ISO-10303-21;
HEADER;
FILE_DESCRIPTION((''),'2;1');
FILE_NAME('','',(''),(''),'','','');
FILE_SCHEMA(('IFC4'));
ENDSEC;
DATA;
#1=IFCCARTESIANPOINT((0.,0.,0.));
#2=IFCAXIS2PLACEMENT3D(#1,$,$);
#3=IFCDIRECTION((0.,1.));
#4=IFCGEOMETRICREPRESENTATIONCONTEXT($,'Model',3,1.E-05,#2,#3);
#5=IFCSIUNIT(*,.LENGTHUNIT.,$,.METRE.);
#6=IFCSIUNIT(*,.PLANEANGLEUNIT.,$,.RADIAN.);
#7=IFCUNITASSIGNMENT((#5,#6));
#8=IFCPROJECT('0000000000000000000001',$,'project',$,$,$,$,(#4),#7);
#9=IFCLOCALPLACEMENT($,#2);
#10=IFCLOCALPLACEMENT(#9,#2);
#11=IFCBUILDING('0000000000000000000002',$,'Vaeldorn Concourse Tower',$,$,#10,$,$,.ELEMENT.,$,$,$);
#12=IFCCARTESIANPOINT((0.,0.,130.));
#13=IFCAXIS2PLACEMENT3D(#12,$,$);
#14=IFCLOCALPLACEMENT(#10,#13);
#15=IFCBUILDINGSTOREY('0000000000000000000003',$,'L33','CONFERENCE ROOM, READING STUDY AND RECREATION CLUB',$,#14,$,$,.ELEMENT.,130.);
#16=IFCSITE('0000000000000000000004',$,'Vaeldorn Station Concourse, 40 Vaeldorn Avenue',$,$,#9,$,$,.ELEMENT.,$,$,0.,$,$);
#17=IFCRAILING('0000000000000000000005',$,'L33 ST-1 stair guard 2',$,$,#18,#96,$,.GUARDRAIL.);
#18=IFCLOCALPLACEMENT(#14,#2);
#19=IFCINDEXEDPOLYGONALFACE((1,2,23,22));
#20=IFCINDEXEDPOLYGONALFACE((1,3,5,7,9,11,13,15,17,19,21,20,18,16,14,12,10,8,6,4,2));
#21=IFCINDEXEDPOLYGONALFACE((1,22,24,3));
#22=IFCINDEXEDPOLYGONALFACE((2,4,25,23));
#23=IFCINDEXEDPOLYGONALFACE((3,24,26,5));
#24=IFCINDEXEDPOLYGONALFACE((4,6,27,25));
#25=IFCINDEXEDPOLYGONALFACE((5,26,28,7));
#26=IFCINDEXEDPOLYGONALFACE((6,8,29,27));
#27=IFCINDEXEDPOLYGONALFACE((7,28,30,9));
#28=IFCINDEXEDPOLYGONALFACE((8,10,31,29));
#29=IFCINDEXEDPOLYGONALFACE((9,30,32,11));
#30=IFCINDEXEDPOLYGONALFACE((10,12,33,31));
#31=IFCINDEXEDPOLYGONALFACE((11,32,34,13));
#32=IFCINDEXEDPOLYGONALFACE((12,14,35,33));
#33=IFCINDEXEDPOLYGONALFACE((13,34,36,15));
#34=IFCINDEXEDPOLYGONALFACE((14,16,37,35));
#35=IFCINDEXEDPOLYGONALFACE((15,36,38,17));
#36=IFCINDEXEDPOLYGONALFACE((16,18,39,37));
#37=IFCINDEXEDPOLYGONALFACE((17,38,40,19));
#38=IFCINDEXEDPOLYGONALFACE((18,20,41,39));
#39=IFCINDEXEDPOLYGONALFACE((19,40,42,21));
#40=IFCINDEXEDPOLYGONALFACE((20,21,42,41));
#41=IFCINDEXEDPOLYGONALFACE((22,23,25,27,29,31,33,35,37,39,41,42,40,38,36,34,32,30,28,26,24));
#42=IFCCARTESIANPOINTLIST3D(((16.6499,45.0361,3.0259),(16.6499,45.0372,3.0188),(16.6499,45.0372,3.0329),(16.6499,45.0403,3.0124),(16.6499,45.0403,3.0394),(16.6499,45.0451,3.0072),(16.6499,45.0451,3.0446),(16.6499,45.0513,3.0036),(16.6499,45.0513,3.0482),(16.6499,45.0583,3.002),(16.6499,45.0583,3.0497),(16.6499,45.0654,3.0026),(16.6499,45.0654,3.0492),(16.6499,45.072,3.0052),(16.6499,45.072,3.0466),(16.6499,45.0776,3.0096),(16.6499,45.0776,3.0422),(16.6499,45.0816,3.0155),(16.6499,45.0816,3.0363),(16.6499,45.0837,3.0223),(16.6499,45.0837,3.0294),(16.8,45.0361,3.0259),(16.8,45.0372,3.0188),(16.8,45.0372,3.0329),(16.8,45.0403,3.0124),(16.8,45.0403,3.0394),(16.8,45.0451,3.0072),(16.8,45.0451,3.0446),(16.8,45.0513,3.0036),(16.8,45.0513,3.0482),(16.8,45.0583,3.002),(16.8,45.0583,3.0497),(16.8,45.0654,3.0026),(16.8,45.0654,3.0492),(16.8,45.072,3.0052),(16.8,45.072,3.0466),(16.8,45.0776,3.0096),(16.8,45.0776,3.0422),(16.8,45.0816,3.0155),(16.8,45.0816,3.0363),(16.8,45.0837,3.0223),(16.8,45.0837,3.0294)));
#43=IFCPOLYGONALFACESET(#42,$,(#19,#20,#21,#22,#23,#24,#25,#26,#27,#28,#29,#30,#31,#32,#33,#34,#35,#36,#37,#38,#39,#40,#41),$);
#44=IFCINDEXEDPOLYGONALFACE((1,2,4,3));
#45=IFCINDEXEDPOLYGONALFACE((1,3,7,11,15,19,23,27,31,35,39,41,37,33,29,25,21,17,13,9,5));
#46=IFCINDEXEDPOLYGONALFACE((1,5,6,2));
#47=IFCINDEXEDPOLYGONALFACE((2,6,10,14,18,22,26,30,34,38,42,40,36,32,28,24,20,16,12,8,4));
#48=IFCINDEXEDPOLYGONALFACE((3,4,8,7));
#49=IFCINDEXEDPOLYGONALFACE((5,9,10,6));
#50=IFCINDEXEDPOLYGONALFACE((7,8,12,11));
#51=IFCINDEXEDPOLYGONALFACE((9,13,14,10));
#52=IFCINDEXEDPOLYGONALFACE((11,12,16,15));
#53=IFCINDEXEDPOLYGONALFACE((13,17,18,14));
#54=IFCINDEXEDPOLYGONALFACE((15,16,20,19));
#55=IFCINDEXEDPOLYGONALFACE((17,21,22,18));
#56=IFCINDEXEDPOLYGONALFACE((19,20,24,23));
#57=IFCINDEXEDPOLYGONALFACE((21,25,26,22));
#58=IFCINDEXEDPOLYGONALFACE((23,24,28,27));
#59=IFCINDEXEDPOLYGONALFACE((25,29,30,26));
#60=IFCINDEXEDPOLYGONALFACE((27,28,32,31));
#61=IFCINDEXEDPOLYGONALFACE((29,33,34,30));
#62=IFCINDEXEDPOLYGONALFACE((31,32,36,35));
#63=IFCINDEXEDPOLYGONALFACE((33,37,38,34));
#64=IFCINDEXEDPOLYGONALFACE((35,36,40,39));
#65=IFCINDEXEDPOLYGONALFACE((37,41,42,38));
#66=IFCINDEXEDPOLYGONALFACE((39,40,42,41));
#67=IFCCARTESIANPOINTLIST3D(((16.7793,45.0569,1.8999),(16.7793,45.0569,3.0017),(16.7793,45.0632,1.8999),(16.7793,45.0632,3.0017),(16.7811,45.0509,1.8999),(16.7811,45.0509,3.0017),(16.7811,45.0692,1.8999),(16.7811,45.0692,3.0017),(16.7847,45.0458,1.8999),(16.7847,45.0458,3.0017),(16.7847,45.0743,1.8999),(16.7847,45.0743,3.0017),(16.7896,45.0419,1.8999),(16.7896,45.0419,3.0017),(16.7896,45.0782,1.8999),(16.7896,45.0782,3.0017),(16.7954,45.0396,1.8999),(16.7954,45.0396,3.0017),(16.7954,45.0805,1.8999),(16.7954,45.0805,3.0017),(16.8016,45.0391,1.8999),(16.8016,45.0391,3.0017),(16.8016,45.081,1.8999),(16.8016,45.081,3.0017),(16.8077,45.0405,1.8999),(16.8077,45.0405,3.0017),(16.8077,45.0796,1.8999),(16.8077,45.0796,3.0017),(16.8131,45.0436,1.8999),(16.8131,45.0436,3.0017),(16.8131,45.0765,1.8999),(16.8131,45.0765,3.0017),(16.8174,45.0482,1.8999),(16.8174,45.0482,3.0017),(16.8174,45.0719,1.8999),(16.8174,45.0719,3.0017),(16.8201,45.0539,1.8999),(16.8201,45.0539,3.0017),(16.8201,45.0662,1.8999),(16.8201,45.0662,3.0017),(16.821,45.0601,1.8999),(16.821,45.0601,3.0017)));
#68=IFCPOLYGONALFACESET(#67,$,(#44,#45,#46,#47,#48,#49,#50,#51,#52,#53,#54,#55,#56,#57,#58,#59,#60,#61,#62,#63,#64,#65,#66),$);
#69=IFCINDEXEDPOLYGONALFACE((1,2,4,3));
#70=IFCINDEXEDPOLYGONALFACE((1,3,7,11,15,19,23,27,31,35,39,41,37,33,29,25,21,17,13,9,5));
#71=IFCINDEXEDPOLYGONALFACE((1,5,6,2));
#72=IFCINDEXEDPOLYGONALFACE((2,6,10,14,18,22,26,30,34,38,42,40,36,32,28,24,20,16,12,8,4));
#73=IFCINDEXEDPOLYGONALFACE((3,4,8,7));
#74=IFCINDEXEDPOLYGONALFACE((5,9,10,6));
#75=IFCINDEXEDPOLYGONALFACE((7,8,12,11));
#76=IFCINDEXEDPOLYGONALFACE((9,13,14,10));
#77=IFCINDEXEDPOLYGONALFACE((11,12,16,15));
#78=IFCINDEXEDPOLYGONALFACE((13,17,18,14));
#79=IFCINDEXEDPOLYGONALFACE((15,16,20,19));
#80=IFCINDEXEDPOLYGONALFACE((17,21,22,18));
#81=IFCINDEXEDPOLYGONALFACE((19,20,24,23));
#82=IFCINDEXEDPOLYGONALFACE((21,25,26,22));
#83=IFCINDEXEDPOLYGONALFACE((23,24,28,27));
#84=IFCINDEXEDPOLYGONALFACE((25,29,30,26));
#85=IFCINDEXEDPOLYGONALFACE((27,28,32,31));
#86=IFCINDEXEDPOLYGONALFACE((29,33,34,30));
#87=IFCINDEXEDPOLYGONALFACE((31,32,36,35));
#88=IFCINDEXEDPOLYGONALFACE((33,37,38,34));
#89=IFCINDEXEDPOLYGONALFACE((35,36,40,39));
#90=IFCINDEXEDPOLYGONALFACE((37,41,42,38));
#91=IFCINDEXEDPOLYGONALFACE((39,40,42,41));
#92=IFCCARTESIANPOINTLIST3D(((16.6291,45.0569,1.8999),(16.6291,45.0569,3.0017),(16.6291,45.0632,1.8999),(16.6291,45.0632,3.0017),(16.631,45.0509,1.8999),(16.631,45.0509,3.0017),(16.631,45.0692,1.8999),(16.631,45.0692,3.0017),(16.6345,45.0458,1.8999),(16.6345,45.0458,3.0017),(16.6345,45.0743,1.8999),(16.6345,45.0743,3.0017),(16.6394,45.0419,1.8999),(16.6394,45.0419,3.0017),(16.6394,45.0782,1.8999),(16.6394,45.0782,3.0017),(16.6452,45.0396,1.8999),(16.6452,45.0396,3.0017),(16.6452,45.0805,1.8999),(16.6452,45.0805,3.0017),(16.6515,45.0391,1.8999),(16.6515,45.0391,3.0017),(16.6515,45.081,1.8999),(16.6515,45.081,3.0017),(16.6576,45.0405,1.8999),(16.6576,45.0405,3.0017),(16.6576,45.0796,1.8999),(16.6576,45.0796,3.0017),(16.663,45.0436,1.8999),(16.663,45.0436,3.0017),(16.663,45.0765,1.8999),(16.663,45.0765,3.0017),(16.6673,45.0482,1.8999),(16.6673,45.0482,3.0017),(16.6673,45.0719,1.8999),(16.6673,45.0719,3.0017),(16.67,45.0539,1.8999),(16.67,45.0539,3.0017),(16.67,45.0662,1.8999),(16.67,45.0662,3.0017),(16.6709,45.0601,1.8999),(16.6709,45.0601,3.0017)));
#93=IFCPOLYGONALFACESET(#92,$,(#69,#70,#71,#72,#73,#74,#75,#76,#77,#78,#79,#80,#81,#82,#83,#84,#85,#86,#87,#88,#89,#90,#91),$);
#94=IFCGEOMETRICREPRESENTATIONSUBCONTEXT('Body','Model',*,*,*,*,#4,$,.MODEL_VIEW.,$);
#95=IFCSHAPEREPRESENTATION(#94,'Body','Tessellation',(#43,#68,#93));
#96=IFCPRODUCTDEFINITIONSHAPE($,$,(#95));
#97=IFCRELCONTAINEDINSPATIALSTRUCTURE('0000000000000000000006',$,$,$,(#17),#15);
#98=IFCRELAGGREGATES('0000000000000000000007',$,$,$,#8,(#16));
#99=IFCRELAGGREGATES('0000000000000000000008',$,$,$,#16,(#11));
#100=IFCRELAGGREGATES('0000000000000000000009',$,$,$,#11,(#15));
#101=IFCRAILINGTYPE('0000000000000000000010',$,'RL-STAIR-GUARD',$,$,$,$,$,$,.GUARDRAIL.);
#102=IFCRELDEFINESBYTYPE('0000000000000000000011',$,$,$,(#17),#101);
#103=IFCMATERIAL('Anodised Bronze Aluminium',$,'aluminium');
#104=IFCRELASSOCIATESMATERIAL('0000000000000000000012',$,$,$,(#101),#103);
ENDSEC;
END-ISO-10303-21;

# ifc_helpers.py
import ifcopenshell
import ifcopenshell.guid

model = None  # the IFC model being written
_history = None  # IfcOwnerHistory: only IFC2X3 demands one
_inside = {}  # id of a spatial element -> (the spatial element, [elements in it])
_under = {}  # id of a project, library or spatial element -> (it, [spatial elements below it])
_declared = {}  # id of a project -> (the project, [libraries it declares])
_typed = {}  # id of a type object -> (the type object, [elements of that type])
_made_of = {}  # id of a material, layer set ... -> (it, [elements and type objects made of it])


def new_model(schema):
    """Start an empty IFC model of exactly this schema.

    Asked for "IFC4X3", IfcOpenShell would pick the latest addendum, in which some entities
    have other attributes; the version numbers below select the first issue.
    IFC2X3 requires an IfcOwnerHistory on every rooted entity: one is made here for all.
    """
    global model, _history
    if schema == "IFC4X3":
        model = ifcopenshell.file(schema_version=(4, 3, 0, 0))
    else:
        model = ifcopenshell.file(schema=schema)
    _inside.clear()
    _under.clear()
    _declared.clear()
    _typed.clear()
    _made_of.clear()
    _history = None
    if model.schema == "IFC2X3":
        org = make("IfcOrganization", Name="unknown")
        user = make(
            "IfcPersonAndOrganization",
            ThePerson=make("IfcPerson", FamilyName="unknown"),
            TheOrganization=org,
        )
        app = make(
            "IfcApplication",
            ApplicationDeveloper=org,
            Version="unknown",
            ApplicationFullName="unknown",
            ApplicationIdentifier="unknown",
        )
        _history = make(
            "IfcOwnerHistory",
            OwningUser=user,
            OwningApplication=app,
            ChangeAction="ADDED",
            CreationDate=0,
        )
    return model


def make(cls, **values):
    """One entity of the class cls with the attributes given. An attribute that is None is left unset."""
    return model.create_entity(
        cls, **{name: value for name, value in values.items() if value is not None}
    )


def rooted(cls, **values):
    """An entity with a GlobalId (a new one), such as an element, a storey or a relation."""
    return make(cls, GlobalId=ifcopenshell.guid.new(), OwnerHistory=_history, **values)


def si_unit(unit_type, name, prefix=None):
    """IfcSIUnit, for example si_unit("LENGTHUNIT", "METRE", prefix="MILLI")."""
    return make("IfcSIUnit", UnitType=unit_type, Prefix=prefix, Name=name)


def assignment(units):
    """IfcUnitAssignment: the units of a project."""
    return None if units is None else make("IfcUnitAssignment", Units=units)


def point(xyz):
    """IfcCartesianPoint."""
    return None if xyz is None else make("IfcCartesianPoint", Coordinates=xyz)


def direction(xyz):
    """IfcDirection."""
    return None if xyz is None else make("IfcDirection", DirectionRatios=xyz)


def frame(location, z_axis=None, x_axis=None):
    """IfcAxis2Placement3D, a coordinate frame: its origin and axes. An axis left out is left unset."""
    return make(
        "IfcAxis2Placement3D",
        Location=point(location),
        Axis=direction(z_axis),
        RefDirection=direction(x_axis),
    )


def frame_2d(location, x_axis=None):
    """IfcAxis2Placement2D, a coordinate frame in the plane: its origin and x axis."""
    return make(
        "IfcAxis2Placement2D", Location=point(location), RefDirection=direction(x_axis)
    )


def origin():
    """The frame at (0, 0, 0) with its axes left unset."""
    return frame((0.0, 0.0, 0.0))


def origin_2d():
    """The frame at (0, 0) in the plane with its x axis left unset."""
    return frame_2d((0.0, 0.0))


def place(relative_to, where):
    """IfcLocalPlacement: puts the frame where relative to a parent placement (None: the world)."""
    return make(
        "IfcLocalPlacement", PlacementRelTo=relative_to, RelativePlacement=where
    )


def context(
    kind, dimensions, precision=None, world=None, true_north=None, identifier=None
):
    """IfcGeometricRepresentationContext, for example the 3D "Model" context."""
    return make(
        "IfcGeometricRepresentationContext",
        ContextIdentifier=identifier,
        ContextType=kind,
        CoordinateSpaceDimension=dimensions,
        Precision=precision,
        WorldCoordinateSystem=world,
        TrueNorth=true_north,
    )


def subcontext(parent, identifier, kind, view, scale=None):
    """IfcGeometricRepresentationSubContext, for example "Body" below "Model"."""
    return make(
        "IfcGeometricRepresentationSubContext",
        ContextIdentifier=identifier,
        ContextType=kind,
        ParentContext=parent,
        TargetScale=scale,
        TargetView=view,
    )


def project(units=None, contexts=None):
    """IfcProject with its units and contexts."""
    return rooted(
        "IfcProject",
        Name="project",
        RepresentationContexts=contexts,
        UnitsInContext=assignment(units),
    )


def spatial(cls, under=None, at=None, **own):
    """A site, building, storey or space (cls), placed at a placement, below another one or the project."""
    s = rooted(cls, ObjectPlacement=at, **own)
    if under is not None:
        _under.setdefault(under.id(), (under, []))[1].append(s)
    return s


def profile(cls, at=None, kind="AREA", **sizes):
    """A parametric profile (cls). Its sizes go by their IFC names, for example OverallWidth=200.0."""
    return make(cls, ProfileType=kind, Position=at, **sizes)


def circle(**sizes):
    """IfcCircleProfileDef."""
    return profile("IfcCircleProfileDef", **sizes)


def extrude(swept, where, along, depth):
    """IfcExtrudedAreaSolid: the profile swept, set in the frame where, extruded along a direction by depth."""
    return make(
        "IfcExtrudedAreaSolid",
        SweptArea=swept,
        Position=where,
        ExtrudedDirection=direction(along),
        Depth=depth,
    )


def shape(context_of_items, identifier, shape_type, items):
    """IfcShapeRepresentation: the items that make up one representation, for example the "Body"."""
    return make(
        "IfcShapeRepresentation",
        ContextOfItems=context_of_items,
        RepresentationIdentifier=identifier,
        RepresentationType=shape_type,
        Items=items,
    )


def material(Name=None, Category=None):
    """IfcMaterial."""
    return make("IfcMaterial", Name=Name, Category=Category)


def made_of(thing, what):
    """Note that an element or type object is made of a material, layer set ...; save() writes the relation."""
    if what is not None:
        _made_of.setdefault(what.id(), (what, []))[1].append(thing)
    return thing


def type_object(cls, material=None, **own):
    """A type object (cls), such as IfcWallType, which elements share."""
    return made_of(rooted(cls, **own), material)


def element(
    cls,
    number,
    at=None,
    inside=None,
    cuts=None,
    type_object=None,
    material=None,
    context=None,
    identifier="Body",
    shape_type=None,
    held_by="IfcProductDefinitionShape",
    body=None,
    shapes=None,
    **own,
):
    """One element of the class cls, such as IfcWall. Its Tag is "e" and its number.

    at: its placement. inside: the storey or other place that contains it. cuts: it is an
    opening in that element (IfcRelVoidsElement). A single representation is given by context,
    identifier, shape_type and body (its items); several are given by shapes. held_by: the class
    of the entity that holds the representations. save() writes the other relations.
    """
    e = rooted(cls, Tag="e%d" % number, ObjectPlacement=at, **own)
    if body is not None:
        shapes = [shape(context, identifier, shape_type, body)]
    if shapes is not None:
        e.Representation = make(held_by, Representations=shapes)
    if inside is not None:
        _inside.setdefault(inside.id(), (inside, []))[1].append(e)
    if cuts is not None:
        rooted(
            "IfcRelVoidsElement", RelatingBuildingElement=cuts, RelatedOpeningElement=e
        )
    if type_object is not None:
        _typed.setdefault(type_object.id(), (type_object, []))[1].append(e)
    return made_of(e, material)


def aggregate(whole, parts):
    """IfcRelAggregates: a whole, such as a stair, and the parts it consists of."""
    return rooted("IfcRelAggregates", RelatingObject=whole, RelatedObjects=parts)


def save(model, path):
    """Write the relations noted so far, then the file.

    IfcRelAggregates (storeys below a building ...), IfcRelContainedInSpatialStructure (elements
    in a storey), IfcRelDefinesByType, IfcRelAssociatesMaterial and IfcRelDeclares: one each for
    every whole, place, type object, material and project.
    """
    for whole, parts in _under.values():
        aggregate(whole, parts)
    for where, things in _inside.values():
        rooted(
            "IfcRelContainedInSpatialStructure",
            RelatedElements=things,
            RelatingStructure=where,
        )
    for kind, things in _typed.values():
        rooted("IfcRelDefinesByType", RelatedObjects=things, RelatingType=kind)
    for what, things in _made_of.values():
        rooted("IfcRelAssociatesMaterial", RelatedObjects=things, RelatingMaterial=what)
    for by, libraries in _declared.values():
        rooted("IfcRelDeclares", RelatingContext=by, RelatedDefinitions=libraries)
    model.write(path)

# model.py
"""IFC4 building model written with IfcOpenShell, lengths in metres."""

from ifc_helpers import new_model, si_unit, direction, frame, origin, origin_2d, place, context, subcontext, project, spatial, circle, extrude, material, type_object, element, save


model = new_model("IFC4")

# Units and contexts
model_context = context("Model", 3, precision=1e-05, world=origin(), true_north=direction((0.0, 1.0)))
body_context = subcontext(model_context, "Body", "Model", "MODEL_VIEW")
ifc_project = project(units=[si_unit("LENGTHUNIT", "METRE"), si_unit("PLANEANGLEUNIT", "RADIAN")], contexts=[model_context])

# Site, building, storey
site_placement = place(None, origin())
site = spatial("IfcSite", under=ifc_project, at=site_placement, Name="Vaeldorn Station Concourse, 40 Vaeldorn Avenue", CompositionType="ELEMENT", RefElevation=0.0)
building_placement = place(site_placement, origin())
building = spatial("IfcBuilding", under=site, at=building_placement, Name="Vaeldorn Concourse Tower", CompositionType="ELEMENT")
storey_placement = place(building_placement, frame((0.0, 0.0, 130.0)))
storey = spatial("IfcBuildingStorey", under=building, at=storey_placement, Name="L33", Description="CONFERENCE ROOM, READING STUDY AND RECREATION CLUB", CompositionType="ELEMENT", Elevation=130.0)

# Shared definitions
ifc_material_1 = material(Name="Anodised Bronze Aluminium", Category="aluminium")

# Railing
railing_type_1 = type_object("IfcRailingType", Name="RL-STAIR-GUARD", PredefinedType="GUARDRAIL", material=ifc_material_1)
railing_1_placement = place(storey_placement, frame((16.8, 45.0601, 1.8999)))
element("IfcRailing", 1, at=railing_1_placement, inside=storey, type_object=railing_type_1, Name="L33 ST-1 stair guard 2", PredefinedType="GUARDRAIL", context=body_context, shape_type="SweptSolid", body=[
    extrude(circle(Radius=0.0239, at=origin_2d()), frame((0.0, 0.0, 1.126), z_axis=(-1.0, 0.0, 0.0), x_axis=(0.0, -1.0, 0.0)), (0.0, 0.0, 1.0), 0.1501),
    extrude(circle(Radius=0.021, at=origin_2d()), origin(), (0.0, 0.0, 1.0), 1.1018),
    extrude(circle(Radius=0.021, at=origin_2d()), frame((-0.1501, 0.0, 0.0)), (0.0, 0.0, 1.0), 1.1018),
])

save(model, "model.ifc")
